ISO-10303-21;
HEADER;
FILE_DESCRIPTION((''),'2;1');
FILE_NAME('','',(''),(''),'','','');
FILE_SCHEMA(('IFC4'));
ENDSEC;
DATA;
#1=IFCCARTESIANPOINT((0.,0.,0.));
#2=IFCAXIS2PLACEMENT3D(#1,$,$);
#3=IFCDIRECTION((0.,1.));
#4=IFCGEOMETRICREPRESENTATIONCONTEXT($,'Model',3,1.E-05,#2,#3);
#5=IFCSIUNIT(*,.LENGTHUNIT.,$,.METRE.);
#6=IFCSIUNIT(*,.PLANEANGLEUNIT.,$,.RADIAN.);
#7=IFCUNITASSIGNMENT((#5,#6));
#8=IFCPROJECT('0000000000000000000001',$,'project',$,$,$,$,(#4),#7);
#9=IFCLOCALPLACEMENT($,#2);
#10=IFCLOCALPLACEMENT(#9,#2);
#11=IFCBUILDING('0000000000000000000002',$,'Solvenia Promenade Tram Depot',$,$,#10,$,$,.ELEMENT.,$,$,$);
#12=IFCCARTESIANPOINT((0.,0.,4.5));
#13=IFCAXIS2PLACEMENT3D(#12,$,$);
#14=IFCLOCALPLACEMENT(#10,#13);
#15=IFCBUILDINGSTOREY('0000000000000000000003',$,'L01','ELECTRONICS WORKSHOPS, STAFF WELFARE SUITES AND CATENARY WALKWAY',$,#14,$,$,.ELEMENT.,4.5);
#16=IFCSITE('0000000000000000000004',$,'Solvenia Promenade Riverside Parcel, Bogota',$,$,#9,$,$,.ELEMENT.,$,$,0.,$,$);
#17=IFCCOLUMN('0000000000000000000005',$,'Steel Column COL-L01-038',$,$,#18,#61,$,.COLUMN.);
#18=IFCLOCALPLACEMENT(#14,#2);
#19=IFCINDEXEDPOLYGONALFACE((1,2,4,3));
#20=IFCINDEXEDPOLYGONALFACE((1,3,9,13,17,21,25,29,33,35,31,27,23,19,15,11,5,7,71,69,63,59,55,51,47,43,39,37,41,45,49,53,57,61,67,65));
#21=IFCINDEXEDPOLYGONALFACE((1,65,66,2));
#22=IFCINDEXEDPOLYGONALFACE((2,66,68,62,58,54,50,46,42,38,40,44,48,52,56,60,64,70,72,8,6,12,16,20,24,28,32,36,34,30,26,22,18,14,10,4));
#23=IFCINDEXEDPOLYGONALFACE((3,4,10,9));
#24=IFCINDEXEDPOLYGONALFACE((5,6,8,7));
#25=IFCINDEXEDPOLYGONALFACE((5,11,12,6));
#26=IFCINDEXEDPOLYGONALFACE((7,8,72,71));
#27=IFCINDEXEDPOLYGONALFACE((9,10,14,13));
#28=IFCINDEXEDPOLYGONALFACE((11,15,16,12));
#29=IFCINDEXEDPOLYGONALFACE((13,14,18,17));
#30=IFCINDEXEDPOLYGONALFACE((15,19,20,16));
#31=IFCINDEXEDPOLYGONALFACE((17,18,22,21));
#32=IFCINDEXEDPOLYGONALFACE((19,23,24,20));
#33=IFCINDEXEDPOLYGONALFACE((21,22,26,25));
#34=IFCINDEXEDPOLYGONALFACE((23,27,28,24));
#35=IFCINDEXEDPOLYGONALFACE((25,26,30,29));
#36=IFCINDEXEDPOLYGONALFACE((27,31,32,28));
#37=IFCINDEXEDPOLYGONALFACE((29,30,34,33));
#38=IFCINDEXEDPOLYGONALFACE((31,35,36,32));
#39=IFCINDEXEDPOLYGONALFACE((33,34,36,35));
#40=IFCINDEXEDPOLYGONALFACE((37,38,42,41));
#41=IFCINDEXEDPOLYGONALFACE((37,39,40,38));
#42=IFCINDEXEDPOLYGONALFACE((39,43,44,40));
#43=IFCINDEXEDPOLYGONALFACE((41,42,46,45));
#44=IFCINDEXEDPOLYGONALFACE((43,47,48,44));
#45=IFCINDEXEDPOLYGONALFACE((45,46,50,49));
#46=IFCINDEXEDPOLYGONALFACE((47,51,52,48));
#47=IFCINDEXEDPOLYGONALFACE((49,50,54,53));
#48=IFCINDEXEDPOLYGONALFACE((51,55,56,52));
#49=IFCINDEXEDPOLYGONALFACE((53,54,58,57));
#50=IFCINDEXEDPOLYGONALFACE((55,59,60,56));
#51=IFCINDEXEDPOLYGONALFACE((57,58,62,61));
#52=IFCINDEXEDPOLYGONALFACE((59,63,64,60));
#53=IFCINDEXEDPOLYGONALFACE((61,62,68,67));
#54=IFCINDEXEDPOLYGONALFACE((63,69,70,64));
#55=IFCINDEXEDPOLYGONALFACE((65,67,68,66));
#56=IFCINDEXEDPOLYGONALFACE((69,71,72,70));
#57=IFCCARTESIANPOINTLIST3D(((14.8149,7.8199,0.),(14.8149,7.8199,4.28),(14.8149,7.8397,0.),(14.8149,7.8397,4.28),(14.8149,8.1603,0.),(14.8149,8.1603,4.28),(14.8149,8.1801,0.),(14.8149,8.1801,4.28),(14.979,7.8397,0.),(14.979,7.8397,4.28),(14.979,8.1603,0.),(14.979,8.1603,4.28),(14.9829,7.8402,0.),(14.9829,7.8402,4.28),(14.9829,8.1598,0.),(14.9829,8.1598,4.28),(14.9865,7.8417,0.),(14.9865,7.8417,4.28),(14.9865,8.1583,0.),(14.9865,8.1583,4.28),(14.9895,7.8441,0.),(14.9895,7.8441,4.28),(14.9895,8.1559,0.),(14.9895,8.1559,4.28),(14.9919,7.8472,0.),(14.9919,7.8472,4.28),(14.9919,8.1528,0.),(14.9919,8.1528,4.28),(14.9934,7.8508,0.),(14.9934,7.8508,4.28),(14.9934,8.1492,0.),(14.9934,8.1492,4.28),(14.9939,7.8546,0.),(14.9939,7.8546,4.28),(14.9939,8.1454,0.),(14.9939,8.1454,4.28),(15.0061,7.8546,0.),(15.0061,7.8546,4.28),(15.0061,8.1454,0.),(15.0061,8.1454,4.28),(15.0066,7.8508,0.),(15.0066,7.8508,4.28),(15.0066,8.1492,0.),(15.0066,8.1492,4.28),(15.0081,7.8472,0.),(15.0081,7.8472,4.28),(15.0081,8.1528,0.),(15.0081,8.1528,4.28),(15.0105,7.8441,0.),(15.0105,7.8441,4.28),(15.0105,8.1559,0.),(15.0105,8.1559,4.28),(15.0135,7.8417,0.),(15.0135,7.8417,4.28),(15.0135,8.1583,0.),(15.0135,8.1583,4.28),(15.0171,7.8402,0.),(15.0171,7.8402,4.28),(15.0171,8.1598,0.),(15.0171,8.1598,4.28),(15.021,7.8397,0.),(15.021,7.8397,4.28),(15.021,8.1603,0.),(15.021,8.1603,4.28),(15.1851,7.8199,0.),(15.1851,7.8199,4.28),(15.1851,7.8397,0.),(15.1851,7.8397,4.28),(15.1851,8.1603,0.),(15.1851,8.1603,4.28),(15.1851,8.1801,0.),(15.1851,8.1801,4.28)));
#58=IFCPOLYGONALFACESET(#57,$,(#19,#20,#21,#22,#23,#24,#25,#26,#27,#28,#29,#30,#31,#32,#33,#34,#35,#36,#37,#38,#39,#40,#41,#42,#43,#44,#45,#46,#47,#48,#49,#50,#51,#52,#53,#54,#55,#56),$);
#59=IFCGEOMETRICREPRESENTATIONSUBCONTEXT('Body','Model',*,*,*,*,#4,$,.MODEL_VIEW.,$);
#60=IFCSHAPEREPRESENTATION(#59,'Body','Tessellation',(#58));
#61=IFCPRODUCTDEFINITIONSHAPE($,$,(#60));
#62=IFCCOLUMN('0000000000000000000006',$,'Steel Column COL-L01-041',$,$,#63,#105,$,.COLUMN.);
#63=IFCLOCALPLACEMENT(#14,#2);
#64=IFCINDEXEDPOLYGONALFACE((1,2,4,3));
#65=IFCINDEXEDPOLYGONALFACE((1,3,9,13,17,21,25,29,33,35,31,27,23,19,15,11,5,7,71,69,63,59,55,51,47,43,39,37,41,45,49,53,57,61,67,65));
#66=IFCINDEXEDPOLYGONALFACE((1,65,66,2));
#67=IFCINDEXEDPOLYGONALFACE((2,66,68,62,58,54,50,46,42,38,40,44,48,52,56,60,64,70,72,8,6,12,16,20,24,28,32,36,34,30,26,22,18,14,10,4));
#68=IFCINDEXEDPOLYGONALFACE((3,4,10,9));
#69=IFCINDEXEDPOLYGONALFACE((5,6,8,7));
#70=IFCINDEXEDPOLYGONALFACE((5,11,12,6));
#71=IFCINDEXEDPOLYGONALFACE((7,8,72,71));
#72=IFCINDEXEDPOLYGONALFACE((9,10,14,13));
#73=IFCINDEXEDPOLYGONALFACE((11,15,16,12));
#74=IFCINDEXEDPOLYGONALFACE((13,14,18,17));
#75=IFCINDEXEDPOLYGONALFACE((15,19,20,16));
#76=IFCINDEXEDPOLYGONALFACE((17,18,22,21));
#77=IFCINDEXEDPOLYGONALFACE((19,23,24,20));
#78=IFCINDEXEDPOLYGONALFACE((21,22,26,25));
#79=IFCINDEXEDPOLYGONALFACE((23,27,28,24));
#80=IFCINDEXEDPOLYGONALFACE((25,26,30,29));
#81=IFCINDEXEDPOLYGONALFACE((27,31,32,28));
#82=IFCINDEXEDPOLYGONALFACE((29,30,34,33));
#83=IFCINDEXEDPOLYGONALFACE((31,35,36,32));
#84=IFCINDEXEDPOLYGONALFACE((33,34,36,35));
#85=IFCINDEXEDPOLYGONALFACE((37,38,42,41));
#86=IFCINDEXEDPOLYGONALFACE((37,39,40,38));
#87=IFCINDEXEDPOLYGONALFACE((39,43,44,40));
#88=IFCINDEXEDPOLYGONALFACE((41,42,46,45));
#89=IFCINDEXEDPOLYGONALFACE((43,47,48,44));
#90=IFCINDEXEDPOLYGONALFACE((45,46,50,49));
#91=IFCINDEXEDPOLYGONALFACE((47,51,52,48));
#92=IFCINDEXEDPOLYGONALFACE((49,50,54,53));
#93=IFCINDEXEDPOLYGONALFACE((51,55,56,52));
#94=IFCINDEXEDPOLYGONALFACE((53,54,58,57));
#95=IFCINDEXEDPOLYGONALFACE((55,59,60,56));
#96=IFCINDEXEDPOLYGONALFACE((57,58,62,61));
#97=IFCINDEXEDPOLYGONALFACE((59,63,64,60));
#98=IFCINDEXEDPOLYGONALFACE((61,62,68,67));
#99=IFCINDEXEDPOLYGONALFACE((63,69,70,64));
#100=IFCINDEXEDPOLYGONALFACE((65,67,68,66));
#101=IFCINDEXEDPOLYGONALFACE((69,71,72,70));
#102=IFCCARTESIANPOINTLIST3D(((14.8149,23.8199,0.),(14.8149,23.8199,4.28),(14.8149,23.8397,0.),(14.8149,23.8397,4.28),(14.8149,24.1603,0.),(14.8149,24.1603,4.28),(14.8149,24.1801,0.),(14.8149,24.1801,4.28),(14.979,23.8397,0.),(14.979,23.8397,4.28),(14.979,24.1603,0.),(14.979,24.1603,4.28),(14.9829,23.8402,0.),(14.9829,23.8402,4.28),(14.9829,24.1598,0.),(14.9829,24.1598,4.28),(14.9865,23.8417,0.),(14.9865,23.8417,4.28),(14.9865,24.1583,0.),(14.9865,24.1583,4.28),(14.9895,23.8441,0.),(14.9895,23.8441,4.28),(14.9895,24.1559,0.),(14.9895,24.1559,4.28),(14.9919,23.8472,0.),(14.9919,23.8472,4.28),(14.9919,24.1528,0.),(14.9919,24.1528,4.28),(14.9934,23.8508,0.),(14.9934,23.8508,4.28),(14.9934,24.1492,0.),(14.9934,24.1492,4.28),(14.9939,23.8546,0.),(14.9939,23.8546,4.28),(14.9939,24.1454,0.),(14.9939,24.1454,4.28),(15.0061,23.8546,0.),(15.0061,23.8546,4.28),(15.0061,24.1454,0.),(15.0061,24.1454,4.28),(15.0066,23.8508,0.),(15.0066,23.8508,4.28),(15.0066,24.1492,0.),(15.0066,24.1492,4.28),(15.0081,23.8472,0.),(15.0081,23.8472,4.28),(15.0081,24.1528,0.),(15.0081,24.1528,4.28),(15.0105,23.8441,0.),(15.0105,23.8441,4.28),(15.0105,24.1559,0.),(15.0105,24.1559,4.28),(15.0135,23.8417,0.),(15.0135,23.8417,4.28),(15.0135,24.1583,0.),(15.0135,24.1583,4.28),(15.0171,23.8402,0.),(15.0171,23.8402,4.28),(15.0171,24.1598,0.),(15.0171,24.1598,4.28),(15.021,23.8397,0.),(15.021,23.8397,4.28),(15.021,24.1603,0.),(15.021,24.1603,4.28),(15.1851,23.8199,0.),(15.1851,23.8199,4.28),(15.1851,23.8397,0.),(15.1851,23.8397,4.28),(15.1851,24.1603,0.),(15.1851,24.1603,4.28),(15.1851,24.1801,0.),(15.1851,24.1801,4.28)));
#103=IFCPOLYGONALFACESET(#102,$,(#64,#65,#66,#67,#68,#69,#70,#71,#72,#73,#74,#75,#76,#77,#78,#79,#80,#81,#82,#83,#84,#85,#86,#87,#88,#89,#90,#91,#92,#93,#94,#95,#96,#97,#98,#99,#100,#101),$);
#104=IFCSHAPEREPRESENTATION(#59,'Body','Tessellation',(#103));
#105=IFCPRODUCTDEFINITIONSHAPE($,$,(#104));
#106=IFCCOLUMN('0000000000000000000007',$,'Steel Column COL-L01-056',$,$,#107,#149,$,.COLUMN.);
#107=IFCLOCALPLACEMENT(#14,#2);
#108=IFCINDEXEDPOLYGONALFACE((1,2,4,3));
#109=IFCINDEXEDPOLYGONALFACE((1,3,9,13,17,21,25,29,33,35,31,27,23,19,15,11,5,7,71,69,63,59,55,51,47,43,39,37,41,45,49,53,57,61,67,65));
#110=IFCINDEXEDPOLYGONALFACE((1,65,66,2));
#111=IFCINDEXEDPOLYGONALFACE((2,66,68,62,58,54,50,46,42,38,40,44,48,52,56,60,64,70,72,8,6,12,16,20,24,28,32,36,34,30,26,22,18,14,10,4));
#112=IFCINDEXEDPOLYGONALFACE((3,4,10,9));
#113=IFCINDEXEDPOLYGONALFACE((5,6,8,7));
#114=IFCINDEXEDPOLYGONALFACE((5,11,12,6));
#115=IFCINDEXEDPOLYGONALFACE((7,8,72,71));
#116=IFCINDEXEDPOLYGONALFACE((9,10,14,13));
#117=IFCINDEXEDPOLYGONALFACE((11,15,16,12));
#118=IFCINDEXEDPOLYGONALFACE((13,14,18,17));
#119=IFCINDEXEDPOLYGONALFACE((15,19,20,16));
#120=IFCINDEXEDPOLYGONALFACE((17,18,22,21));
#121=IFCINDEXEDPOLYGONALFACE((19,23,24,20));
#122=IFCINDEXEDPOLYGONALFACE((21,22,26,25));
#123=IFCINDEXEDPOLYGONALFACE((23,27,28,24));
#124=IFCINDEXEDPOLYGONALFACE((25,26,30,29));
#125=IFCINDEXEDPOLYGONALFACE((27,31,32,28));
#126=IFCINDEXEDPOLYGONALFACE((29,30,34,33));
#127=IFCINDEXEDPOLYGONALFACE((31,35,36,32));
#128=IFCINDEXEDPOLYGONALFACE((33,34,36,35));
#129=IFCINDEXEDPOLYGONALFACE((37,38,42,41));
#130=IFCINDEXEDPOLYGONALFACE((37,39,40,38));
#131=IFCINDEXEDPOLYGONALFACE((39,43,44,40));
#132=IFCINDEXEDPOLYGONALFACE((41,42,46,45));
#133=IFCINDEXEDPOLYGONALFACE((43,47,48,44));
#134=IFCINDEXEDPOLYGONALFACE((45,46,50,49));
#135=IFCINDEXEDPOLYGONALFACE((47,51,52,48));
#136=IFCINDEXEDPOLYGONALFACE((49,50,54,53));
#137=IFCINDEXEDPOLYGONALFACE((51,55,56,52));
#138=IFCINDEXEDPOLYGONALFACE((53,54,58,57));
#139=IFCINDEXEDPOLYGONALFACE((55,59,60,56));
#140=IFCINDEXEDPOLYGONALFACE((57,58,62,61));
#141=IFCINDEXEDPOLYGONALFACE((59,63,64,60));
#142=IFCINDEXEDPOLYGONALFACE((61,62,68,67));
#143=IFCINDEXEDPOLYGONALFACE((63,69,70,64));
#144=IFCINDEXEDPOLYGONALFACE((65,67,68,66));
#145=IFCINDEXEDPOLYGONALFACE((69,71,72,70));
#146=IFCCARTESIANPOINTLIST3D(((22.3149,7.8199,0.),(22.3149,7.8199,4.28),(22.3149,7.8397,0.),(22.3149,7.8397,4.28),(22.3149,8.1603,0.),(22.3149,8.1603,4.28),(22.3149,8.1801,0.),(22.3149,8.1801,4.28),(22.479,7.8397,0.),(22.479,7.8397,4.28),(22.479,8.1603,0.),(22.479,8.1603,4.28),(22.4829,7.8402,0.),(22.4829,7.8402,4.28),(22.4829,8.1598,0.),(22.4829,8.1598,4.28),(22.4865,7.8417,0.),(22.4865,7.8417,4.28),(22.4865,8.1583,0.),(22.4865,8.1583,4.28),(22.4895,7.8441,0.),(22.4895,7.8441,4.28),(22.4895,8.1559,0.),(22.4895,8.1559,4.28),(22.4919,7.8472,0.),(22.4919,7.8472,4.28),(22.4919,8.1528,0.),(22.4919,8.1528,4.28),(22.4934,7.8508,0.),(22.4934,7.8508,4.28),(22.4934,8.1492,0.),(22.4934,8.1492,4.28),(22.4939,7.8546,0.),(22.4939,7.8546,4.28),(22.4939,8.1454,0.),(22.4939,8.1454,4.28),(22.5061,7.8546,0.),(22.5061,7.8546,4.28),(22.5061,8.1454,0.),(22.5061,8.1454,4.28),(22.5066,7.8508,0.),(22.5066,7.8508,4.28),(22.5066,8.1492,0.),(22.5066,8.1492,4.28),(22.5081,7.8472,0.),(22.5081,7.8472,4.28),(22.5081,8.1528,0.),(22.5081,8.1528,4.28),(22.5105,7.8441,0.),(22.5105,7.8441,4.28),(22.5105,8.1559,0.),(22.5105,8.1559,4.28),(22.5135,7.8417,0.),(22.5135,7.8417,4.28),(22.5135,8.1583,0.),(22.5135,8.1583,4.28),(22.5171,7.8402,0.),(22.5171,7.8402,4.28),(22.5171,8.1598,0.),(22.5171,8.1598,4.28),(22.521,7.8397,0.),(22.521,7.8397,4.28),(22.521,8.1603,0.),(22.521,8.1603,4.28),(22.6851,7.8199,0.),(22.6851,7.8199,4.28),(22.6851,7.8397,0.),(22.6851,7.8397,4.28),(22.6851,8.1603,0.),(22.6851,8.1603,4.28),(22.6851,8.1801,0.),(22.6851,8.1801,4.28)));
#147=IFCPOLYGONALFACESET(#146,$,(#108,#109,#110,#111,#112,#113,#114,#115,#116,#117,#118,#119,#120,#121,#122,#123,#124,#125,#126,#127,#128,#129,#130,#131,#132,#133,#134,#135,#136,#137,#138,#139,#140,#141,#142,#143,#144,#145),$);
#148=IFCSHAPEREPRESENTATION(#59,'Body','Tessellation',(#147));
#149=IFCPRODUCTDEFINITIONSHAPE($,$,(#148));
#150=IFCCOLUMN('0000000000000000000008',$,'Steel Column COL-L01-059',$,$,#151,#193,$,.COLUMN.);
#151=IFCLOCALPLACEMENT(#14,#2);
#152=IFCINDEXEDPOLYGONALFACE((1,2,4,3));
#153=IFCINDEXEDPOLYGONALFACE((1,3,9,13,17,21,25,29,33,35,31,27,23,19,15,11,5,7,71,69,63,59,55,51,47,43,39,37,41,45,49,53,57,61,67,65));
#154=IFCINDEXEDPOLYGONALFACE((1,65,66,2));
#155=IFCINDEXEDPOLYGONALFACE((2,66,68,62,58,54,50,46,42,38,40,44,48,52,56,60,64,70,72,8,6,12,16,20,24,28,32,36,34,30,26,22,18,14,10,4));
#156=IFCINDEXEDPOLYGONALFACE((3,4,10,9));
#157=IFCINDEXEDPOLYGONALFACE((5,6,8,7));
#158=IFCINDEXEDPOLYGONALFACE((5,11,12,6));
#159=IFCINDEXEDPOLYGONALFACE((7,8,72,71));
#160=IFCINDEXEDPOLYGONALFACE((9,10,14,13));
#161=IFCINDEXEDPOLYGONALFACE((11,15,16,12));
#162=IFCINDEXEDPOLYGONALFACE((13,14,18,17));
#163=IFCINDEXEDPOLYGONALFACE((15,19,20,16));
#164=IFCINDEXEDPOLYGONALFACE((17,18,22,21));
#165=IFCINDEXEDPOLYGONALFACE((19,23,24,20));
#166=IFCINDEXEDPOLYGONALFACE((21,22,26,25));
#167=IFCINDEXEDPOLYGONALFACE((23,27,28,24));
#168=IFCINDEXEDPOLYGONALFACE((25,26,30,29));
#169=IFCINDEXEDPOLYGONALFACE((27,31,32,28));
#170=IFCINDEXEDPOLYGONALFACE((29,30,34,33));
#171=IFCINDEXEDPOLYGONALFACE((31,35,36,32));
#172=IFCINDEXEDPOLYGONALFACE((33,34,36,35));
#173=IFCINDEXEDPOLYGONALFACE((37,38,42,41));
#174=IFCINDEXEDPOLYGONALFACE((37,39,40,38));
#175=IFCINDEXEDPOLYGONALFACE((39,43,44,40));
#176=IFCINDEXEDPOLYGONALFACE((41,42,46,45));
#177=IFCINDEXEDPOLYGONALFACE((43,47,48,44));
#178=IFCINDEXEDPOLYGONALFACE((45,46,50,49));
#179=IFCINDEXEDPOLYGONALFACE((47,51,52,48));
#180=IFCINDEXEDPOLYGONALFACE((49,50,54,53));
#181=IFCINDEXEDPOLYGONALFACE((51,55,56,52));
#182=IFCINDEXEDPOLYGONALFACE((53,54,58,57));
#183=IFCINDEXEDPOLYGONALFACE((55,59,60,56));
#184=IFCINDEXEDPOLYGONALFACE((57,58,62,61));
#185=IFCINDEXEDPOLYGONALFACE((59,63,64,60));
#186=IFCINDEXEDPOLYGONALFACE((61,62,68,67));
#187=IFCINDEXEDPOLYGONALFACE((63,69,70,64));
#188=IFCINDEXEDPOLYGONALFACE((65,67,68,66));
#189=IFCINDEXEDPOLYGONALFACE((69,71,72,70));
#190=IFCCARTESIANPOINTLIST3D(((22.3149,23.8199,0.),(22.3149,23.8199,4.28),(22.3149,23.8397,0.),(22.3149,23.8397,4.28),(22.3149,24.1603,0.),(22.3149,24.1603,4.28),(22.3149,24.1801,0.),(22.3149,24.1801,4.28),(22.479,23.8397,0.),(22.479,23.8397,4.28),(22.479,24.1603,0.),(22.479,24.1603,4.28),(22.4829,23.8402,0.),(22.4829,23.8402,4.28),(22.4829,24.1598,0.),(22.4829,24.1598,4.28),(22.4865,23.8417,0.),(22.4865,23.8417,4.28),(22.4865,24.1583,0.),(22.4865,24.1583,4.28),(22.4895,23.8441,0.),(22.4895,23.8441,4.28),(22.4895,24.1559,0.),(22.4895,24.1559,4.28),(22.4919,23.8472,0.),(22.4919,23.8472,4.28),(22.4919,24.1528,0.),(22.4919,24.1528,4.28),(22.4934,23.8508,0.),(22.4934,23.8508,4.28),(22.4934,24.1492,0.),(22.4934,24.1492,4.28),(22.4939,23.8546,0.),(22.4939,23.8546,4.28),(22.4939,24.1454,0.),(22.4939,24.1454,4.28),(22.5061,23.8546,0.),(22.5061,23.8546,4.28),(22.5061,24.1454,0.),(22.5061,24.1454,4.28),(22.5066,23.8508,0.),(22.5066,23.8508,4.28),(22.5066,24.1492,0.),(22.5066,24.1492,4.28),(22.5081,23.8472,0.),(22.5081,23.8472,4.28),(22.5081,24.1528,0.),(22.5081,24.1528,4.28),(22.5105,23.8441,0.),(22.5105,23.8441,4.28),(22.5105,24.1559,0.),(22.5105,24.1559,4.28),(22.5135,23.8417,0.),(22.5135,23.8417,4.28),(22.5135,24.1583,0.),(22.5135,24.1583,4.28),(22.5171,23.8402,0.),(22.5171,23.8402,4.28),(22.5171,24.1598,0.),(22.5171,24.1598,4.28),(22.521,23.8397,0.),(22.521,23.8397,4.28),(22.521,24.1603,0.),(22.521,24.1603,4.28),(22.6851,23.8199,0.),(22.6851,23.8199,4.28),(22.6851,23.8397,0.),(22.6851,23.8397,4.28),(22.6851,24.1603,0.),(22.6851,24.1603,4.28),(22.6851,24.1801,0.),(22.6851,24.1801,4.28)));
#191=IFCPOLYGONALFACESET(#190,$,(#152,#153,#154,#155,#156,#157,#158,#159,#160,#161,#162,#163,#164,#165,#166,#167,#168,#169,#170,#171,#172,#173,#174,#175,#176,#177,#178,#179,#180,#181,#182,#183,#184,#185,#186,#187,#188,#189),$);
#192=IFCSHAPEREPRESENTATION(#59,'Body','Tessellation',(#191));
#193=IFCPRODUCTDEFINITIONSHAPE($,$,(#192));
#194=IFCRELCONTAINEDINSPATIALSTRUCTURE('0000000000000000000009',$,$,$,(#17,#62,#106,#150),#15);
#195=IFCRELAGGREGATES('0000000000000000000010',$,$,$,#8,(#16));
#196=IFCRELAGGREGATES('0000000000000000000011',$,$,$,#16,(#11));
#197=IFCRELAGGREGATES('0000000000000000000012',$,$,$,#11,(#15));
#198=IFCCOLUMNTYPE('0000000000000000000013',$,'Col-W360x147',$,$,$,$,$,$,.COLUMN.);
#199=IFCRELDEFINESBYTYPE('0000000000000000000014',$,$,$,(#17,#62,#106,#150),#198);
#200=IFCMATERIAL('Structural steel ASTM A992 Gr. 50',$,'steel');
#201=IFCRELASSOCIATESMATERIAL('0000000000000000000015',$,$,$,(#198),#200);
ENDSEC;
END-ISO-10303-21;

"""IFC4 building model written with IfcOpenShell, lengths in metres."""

from ifc_helpers import new_model, si_unit, direction, frame, origin, origin_2d, place, context, subcontext, project, spatial, i_section, extrude, material, material_profile, profile_set, type_object, element, save


model = new_model("IFC4")

# Units and contexts
model_context = context("Model", 3, precision=1e-05, world=origin(), true_north=direction((0.0, 1.0)))
body_context = subcontext(model_context, "Body", "Model", "MODEL_VIEW")
ifc_project = project(units=[si_unit("LENGTHUNIT", "METRE"), si_unit("PLANEANGLEUNIT", "RADIAN")], contexts=[model_context])

# Site, building, storey
site_placement = place(None, origin())
site = spatial("IfcSite", under=ifc_project, at=site_placement, Name="Solvenia Promenade Riverside Parcel, Bogota", CompositionType="ELEMENT", RefElevation=0.0)
building_placement = place(site_placement, origin())
building = spatial("IfcBuilding", under=site, at=building_placement, Name="Solvenia Promenade Tram Depot", CompositionType="ELEMENT")
storey_placement = place(building_placement, frame((0.0, 0.0, 4.5)))
storey = spatial("IfcBuildingStorey", under=building, at=storey_placement, Name="L01", Description="ELECTRONICS WORKSHOPS, STAFF WELFARE SUITES AND CATENARY WALKWAY", CompositionType="ELEMENT", Elevation=4.5)

# Columns
ifc_material_1 = material(Name="Structural steel ASTM A992 Gr. 50", Category="steel")
ifc_material_profile_1 = material_profile(ifc_material_1, i_section(OverallWidth=0.3701, OverallDepth=0.3601, WebThickness=0.0122, FlangeThickness=0.0198, FilletRadius=0.0149, at=origin_2d()), Name="W360x147", Category="steel")
ifc_profile_set_1 = profile_set([ifc_material_profile_1], Name="Structural steel ASTM A992 Gr. 50")
column_type = type_object("IfcColumnType", Name="Col-W360x147", PredefinedType="COLUMN", material=ifc_profile_set_1)
for number, where, z_axis, x_axis, name in (
    (1, (15.0, 8.0, 0.0), (0.0, 0.0, 1.0), (1.0, 0.0, 0.0), "Steel Column COL-L01-038"),
    (2, (15.0, 24.0, 0.0), (0.0, 0.0, 1.0), (1.0, 0.0, 0.0), "Steel Column COL-L01-041"),
    (3, (22.5, 8.0, 0.0), (0.0, 0.0, 1.0), (1.0, 0.0, 0.0), "Steel Column COL-L01-056"),
    (4, (22.5, 24.0, 0.0), (0.0, 0.0, 1.0), (1.0, 0.0, 0.0), "Steel Column COL-L01-059"),
):
    element("IfcColumn", number, at=place(storey_placement, frame(where, z_axis=z_axis, x_axis=x_axis)), inside=storey, type_object=column_type, Name=name, PredefinedType="COLUMN", context=body_context, shape_type="SweptSolid", body=[
        extrude(i_section(OverallWidth=0.3701, OverallDepth=0.3601, WebThickness=0.0122, FlangeThickness=0.0198, FilletRadius=0.0149, at=origin_2d()), origin(), (0.0, 0.0, 1.0), 4.28),
    ])

save(model, "model.ifc")
